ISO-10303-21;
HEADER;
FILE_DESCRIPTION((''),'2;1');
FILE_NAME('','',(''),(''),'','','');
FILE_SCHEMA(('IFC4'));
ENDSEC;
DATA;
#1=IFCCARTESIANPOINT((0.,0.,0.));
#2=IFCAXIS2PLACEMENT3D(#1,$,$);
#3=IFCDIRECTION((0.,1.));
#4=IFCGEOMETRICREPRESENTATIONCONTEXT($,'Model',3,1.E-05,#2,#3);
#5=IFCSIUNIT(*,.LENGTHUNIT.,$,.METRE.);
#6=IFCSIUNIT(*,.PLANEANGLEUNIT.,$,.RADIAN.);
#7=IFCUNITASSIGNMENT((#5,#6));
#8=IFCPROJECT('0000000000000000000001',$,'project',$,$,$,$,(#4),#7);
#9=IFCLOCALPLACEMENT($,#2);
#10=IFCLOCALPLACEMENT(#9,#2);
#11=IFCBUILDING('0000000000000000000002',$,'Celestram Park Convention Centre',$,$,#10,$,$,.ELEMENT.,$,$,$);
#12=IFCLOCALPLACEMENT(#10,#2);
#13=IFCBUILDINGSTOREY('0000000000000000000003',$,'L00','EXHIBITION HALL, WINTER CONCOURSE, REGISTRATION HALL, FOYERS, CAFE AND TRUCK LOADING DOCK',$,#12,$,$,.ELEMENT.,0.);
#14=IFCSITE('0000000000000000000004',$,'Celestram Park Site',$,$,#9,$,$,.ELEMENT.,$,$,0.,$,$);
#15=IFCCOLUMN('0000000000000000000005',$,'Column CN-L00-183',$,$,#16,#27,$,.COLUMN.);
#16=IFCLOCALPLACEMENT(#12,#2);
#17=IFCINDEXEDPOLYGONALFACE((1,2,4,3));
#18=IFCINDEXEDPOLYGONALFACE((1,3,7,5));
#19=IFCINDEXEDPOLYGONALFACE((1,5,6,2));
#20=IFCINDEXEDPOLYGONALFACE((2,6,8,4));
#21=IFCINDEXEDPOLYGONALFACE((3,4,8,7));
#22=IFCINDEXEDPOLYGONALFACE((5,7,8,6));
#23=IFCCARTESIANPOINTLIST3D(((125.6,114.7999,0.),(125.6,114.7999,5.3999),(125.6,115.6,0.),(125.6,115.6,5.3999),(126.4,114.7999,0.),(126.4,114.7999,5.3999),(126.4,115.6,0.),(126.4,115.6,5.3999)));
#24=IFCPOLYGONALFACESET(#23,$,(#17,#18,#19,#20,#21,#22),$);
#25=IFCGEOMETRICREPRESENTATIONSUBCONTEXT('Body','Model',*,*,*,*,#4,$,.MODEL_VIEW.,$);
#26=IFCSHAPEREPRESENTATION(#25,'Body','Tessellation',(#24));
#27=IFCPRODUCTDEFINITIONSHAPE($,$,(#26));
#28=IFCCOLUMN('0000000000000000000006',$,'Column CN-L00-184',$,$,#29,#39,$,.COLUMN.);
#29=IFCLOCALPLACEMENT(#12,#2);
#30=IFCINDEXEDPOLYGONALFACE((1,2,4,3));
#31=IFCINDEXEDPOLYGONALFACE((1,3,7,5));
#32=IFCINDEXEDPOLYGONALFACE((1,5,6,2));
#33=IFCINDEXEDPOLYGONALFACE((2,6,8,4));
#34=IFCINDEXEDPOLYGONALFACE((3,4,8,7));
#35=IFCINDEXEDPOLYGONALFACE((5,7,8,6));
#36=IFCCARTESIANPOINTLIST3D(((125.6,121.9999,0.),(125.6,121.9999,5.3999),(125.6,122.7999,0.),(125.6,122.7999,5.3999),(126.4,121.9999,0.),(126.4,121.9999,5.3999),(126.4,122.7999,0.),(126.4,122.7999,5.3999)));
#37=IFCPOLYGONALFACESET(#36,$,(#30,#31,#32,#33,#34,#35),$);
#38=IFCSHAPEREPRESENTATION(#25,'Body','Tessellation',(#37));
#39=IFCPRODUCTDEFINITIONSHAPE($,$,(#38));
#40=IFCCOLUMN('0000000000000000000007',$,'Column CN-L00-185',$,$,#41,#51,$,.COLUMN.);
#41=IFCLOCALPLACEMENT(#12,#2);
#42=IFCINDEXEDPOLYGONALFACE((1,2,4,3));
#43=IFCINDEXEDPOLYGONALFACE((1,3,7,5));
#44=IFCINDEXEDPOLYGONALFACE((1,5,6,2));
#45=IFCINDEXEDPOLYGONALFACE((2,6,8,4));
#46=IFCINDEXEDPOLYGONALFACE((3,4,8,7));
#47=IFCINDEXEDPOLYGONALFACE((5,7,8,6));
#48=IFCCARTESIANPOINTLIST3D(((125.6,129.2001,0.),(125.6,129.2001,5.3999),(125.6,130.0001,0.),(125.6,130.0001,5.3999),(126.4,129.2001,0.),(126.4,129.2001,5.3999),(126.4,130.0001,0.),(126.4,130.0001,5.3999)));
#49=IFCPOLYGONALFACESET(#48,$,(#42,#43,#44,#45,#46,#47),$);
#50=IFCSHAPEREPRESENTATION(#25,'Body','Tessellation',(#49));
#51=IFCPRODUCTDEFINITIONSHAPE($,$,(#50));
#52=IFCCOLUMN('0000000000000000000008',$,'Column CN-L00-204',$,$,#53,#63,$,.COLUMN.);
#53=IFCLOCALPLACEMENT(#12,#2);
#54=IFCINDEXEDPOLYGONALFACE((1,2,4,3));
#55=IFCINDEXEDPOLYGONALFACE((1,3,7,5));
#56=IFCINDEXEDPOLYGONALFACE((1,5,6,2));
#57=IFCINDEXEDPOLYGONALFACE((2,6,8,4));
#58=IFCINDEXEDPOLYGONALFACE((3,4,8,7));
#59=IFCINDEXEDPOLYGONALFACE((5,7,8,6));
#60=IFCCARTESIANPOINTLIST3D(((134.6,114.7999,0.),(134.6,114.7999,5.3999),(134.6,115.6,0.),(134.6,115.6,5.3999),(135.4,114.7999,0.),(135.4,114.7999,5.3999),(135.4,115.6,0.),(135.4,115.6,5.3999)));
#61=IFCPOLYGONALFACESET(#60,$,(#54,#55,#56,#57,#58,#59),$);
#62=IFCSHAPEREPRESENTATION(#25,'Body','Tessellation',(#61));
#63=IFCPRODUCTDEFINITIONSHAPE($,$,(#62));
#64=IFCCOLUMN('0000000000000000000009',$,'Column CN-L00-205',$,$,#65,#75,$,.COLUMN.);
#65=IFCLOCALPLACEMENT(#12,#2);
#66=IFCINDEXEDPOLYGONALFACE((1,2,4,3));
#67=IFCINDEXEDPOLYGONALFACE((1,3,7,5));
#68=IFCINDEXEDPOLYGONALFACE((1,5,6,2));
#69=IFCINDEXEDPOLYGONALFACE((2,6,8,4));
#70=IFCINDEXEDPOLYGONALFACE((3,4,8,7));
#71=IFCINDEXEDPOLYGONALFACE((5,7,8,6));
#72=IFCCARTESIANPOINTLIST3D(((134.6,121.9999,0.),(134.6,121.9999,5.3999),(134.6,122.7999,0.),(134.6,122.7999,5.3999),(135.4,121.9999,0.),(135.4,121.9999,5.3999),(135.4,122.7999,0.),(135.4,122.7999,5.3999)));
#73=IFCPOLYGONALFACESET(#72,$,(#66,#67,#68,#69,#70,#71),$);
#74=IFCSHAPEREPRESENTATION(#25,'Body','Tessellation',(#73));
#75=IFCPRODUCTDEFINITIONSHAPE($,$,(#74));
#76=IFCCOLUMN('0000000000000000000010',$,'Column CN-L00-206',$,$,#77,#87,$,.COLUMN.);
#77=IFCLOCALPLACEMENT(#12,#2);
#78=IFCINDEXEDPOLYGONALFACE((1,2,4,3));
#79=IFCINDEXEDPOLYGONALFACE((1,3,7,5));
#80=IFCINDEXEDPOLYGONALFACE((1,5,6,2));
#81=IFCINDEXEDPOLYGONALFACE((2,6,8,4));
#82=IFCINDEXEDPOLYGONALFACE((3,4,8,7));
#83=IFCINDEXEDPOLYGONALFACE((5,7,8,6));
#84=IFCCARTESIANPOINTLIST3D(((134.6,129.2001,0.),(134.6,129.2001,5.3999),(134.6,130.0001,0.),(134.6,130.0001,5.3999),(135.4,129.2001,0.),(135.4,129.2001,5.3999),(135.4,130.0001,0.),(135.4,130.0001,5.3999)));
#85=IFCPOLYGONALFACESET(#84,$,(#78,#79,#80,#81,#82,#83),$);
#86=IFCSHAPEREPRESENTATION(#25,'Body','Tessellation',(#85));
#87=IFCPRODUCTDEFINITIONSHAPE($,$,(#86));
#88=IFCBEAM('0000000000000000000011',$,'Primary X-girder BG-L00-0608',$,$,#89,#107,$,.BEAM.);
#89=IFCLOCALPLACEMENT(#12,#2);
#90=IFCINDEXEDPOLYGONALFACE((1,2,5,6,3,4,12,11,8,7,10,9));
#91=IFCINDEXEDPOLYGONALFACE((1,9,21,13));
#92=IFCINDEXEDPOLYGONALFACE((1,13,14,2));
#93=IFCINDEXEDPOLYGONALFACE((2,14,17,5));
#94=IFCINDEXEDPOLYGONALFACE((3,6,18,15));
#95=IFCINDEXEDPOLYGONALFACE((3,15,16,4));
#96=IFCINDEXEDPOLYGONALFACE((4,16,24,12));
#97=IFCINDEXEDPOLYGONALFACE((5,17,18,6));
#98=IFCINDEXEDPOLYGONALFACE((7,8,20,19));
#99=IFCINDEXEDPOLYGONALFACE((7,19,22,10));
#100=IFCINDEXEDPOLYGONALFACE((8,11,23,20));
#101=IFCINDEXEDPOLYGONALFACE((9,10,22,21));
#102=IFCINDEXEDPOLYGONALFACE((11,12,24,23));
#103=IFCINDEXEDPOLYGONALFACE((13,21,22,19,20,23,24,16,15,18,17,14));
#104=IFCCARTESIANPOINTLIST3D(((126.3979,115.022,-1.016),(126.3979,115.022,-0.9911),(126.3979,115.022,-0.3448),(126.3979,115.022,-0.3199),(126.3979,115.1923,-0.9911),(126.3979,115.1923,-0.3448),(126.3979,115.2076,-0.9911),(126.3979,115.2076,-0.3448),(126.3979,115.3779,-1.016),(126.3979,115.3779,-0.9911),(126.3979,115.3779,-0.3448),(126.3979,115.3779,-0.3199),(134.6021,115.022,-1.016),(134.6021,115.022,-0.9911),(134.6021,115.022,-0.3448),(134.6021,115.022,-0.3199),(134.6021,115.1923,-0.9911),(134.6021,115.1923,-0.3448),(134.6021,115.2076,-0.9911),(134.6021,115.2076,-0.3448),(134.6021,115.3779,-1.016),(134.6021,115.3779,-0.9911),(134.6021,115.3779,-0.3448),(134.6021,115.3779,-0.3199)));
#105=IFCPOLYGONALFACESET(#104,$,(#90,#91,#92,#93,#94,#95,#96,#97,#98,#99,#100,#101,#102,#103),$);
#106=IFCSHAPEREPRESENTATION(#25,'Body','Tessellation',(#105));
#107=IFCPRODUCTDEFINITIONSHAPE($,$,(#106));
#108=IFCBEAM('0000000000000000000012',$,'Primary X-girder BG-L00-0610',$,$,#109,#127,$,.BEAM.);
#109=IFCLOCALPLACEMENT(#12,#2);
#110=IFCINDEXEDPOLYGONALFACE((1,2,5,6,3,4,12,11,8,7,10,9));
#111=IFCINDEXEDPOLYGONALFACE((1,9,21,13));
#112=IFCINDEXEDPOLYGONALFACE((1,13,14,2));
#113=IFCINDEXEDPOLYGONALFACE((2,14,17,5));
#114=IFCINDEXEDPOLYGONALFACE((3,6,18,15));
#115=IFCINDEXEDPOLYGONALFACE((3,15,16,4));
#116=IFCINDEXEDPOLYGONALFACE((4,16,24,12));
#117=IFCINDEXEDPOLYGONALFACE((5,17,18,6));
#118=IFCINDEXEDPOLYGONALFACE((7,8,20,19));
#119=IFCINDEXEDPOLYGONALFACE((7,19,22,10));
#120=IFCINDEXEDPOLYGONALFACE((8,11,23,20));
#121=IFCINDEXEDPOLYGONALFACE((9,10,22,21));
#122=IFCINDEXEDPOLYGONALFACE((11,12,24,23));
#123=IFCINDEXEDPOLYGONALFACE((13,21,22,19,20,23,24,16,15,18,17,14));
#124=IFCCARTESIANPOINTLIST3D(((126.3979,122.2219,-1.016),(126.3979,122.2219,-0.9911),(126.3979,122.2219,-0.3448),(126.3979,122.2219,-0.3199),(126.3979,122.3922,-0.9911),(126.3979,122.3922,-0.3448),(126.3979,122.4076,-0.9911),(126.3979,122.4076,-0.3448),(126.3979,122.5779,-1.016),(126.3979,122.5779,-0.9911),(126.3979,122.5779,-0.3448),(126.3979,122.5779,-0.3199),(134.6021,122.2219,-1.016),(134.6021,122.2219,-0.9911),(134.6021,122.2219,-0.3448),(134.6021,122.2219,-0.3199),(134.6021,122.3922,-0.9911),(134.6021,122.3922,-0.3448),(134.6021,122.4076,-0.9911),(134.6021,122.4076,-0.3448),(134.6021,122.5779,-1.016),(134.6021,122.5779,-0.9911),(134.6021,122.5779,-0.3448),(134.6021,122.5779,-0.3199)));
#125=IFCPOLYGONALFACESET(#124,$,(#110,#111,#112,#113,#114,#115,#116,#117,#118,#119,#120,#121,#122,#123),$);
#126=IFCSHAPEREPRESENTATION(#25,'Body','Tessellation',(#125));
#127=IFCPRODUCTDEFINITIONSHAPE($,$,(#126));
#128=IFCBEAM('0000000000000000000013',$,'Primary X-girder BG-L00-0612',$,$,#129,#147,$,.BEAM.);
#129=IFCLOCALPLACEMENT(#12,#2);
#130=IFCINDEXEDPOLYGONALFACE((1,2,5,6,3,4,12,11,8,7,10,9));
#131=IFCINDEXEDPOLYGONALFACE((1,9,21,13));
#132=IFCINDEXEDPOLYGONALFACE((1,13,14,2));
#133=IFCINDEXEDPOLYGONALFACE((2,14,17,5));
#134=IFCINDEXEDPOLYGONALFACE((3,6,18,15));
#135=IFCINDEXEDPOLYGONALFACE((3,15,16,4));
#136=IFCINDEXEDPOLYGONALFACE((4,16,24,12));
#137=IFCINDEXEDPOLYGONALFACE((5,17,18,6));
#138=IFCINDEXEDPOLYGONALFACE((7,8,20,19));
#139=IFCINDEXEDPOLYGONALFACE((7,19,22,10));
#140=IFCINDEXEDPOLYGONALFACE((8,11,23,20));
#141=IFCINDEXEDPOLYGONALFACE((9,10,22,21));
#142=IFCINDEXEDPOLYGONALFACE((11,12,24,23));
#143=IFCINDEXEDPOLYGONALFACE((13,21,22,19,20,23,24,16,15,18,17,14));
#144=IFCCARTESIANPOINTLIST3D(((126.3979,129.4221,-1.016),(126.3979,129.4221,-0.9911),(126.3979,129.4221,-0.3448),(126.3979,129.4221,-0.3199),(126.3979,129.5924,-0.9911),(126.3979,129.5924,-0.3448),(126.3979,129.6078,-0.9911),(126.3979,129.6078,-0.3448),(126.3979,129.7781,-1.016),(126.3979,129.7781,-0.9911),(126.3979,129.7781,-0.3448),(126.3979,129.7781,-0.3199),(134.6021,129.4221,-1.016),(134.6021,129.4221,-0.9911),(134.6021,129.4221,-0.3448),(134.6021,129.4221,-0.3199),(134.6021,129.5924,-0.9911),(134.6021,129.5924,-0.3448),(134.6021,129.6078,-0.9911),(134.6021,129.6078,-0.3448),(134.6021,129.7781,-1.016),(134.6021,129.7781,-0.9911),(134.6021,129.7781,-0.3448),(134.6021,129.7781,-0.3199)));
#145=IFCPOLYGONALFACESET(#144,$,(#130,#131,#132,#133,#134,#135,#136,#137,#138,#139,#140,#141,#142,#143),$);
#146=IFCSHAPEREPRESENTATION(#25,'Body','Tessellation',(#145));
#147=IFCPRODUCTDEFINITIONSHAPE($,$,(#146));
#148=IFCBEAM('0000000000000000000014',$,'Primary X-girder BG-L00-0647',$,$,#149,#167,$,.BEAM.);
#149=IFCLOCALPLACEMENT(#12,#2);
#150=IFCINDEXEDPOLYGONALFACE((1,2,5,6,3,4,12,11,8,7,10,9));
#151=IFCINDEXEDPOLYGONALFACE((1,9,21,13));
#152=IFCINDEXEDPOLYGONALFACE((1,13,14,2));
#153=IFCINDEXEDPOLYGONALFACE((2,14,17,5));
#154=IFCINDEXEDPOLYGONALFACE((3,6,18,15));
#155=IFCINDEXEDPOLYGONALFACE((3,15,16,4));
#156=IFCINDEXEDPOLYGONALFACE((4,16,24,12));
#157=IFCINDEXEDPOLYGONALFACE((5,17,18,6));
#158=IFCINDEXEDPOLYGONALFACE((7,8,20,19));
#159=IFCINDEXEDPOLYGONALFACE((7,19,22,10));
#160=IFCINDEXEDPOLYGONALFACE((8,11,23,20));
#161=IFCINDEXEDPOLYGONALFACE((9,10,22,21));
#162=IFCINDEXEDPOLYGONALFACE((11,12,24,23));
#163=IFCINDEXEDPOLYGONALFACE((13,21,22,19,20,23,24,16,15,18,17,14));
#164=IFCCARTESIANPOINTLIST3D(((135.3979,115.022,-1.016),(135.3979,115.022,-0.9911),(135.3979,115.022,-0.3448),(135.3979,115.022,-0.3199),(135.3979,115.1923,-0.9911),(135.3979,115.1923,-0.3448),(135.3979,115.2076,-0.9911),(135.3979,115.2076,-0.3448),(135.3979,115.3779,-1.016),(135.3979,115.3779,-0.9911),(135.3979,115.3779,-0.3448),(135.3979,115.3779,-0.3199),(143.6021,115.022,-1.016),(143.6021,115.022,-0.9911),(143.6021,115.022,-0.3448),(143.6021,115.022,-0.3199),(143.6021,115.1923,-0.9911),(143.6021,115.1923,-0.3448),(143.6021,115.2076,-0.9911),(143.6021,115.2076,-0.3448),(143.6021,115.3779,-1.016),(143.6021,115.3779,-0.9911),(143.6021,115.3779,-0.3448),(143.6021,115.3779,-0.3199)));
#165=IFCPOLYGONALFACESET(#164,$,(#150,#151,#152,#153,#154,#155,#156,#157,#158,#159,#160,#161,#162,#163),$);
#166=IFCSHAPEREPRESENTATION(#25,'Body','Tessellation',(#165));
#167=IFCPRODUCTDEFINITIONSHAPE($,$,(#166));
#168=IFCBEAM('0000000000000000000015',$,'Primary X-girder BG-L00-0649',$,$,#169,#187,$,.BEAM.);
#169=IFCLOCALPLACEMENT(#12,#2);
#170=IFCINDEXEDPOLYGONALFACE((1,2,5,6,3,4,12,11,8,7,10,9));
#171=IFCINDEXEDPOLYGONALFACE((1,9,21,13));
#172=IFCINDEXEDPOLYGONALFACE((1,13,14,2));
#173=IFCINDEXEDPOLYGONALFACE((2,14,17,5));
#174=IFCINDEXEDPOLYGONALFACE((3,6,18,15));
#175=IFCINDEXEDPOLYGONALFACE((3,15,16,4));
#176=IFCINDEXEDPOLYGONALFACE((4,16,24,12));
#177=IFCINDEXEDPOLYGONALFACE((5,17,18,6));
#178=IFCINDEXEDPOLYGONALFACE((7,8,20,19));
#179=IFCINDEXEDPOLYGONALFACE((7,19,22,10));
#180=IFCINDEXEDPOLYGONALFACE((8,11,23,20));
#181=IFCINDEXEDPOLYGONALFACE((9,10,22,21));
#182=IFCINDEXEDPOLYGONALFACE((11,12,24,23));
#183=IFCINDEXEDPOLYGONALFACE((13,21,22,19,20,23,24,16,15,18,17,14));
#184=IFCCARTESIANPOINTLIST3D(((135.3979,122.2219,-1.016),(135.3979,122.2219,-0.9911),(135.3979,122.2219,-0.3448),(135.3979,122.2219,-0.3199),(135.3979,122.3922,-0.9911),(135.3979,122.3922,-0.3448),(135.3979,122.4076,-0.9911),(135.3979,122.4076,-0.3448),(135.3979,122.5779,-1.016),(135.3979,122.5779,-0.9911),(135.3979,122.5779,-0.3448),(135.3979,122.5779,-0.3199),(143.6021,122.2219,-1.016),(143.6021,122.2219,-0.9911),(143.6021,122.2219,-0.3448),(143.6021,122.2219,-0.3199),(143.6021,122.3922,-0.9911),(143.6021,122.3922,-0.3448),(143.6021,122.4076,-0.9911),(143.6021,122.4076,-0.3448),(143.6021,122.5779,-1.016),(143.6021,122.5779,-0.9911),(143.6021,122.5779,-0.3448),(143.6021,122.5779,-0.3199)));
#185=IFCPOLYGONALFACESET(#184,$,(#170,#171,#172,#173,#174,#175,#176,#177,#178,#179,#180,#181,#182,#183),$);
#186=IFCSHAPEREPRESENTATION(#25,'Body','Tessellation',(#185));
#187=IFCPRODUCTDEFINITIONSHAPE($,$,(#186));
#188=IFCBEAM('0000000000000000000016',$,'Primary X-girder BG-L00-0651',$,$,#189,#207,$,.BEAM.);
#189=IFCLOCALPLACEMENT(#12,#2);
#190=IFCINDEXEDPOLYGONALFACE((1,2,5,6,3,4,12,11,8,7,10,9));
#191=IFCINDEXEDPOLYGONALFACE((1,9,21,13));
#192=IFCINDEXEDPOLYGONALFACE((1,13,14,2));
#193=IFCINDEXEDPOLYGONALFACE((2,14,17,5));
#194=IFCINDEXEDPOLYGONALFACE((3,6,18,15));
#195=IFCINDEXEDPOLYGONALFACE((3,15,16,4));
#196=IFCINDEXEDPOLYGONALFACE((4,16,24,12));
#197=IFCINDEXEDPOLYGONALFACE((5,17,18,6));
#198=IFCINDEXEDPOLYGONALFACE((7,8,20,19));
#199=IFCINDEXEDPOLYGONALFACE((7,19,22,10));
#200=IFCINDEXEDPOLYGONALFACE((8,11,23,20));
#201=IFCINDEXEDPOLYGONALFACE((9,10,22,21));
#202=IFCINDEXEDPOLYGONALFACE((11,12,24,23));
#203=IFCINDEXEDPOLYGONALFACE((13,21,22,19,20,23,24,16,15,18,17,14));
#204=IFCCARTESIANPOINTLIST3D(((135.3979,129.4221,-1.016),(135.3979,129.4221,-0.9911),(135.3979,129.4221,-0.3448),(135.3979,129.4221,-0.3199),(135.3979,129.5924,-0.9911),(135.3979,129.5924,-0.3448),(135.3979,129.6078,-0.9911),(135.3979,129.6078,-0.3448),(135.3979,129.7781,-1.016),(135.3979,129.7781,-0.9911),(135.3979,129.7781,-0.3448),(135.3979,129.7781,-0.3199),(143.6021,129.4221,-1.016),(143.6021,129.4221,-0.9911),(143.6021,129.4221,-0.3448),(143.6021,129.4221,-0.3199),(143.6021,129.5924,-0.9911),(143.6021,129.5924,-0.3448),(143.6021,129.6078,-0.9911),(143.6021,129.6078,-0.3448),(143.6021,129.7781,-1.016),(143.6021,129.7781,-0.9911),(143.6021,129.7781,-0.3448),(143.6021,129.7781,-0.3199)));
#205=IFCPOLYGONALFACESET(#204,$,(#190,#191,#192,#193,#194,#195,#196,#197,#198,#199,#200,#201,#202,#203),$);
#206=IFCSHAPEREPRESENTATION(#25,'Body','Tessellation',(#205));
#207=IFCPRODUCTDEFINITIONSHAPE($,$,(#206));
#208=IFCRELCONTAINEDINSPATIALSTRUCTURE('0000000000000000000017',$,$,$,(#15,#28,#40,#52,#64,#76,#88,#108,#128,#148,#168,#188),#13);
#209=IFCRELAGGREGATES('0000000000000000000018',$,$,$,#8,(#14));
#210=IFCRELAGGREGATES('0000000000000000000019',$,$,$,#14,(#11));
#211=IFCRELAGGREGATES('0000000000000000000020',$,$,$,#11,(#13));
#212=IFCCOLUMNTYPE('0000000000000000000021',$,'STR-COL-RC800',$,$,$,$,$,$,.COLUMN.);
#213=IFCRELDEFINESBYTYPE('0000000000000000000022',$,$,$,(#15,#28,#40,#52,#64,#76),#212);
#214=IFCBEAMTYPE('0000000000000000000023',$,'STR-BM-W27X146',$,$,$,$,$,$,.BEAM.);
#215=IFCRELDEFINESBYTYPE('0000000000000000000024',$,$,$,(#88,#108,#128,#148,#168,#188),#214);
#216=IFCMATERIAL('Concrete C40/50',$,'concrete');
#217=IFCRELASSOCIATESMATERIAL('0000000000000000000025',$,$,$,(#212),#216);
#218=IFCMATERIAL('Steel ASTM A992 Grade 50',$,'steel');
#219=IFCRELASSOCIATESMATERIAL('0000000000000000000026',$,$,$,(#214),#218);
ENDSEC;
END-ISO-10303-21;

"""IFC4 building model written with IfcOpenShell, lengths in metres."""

from ifc_helpers import new_model, si_unit, direction, frame, origin, origin_2d, place, context, subcontext, project, spatial, rectangle, i_section, extrude, material, material_profile, profile_set, type_object, element, save


model = new_model("IFC4")

# Units and contexts
model_context = context("Model", 3, precision=1e-05, world=origin(), true_north=direction((0.0, 1.0)))
body_context = subcontext(model_context, "Body", "Model", "MODEL_VIEW")
ifc_project = project(units=[si_unit("LENGTHUNIT", "METRE"), si_unit("PLANEANGLEUNIT", "RADIAN")], contexts=[model_context])

# Site, building, storey
site_placement = place(None, origin())
site = spatial("IfcSite", under=ifc_project, at=site_placement, Name="Celestram Park Site", CompositionType="ELEMENT", RefElevation=0.0)
building_placement = place(site_placement, origin())
building = spatial("IfcBuilding", under=site, at=building_placement, Name="Celestram Park Convention Centre", CompositionType="ELEMENT")
storey_placement = place(building_placement, origin())
storey = spatial("IfcBuildingStorey", under=building, at=storey_placement, Name="L00", Description="EXHIBITION HALL, WINTER CONCOURSE, REGISTRATION HALL, FOYERS, CAFE AND TRUCK LOADING DOCK", CompositionType="ELEMENT", Elevation=0.0)

# Columns
ifc_material_1 = material(Name="Concrete C40/50", Category="concrete")
ifc_material_profile_1 = material_profile(ifc_material_1, rectangle(XDim=0.8, YDim=0.8, at=origin_2d()), Name="RC800X800")
ifc_profile_set_1 = profile_set([ifc_material_profile_1], Name="Concrete C40/50")
column_type = type_object("IfcColumnType", Name="STR-COL-RC800", PredefinedType="COLUMN", material=ifc_profile_set_1)
for number, where, z_axis, x_axis, name in (
    (1, (126.0, 115.2, 0.0), (0.0, 0.0, 1.0), (1.0, 0.0, 0.0), "Column CN-L00-183"),
    (2, (126.0, 122.3999, 0.0), (0.0, 0.0, 1.0), (1.0, 0.0, 0.0), "Column CN-L00-184"),
    (3, (126.0, 129.6001, 0.0), (0.0, 0.0, 1.0), (1.0, 0.0, 0.0), "Column CN-L00-185"),
    (4, (135.0, 115.2, 0.0), (0.0, 0.0, 1.0), (1.0, 0.0, 0.0), "Column CN-L00-204"),
    (5, (135.0, 122.3999, 0.0), (0.0, 0.0, 1.0), (1.0, 0.0, 0.0), "Column CN-L00-205"),
    (6, (135.0, 129.6001, 0.0), (0.0, 0.0, 1.0), (1.0, 0.0, 0.0), "Column CN-L00-206"),
):
    element("IfcColumn", number, at=place(storey_placement, frame(where, z_axis=z_axis, x_axis=x_axis)), inside=storey, type_object=column_type, Name=name, PredefinedType="COLUMN", context=body_context, shape_type="SweptSolid", body=[
        extrude(rectangle(XDim=0.8, YDim=0.8, at=origin_2d()), origin(), (0.0, 0.0, 1.0), 5.3999),
    ])

# Beams
ifc_material_2 = material(Name="Steel ASTM A992 Grade 50", Category="steel")
ifc_material_profile_2 = material_profile(ifc_material_2, i_section(OverallWidth=0.356, OverallDepth=0.696, WebThickness=0.0154, FlangeThickness=0.0249, at=origin_2d()), Name="W27X146")
ifc_profile_set_2 = profile_set([ifc_material_profile_2], Name="Steel ASTM A992 Grade 50")
beam_type_1 = type_object("IfcBeamType", Name="STR-BM-W27X146", PredefinedType="BEAM", material=ifc_profile_set_2)
for number, where, z_axis, x_axis, name in (
    (7, (126.3979, 115.2, -0.668), (1.0, 0.0, 0.0), (0.0, 1.0, 0.0), "Primary X-girder BG-L00-0608"),
    (8, (126.3979, 122.3999, -0.668), (1.0, 0.0, 0.0), (0.0, 1.0, 0.0), "Primary X-girder BG-L00-0610"),
    (9, (126.3979, 129.6001, -0.668), (1.0, 0.0, 0.0), (0.0, 1.0, 0.0), "Primary X-girder BG-L00-0612"),
    (10, (135.3979, 115.2, -0.668), (1.0, 0.0, 0.0), (0.0, 1.0, 0.0), "Primary X-girder BG-L00-0647"),
    (11, (135.3979, 122.3999, -0.668), (1.0, 0.0, 0.0), (0.0, 1.0, 0.0), "Primary X-girder BG-L00-0649"),
    (12, (135.3979, 129.6001, -0.668), (1.0, 0.0, 0.0), (0.0, 1.0, 0.0), "Primary X-girder BG-L00-0651"),
):
    element("IfcBeam", number, at=place(storey_placement, frame(where, z_axis=z_axis, x_axis=x_axis)), inside=storey, type_object=beam_type_1, Name=name, PredefinedType="BEAM", context=body_context, shape_type="SweptSolid", body=[
        extrude(i_section(OverallWidth=0.356, OverallDepth=0.696, WebThickness=0.0154, FlangeThickness=0.0249, at=origin_2d()), origin(), (0.0, 0.0, 1.0), 8.2041),
    ])

save(model, "model.ifc")
